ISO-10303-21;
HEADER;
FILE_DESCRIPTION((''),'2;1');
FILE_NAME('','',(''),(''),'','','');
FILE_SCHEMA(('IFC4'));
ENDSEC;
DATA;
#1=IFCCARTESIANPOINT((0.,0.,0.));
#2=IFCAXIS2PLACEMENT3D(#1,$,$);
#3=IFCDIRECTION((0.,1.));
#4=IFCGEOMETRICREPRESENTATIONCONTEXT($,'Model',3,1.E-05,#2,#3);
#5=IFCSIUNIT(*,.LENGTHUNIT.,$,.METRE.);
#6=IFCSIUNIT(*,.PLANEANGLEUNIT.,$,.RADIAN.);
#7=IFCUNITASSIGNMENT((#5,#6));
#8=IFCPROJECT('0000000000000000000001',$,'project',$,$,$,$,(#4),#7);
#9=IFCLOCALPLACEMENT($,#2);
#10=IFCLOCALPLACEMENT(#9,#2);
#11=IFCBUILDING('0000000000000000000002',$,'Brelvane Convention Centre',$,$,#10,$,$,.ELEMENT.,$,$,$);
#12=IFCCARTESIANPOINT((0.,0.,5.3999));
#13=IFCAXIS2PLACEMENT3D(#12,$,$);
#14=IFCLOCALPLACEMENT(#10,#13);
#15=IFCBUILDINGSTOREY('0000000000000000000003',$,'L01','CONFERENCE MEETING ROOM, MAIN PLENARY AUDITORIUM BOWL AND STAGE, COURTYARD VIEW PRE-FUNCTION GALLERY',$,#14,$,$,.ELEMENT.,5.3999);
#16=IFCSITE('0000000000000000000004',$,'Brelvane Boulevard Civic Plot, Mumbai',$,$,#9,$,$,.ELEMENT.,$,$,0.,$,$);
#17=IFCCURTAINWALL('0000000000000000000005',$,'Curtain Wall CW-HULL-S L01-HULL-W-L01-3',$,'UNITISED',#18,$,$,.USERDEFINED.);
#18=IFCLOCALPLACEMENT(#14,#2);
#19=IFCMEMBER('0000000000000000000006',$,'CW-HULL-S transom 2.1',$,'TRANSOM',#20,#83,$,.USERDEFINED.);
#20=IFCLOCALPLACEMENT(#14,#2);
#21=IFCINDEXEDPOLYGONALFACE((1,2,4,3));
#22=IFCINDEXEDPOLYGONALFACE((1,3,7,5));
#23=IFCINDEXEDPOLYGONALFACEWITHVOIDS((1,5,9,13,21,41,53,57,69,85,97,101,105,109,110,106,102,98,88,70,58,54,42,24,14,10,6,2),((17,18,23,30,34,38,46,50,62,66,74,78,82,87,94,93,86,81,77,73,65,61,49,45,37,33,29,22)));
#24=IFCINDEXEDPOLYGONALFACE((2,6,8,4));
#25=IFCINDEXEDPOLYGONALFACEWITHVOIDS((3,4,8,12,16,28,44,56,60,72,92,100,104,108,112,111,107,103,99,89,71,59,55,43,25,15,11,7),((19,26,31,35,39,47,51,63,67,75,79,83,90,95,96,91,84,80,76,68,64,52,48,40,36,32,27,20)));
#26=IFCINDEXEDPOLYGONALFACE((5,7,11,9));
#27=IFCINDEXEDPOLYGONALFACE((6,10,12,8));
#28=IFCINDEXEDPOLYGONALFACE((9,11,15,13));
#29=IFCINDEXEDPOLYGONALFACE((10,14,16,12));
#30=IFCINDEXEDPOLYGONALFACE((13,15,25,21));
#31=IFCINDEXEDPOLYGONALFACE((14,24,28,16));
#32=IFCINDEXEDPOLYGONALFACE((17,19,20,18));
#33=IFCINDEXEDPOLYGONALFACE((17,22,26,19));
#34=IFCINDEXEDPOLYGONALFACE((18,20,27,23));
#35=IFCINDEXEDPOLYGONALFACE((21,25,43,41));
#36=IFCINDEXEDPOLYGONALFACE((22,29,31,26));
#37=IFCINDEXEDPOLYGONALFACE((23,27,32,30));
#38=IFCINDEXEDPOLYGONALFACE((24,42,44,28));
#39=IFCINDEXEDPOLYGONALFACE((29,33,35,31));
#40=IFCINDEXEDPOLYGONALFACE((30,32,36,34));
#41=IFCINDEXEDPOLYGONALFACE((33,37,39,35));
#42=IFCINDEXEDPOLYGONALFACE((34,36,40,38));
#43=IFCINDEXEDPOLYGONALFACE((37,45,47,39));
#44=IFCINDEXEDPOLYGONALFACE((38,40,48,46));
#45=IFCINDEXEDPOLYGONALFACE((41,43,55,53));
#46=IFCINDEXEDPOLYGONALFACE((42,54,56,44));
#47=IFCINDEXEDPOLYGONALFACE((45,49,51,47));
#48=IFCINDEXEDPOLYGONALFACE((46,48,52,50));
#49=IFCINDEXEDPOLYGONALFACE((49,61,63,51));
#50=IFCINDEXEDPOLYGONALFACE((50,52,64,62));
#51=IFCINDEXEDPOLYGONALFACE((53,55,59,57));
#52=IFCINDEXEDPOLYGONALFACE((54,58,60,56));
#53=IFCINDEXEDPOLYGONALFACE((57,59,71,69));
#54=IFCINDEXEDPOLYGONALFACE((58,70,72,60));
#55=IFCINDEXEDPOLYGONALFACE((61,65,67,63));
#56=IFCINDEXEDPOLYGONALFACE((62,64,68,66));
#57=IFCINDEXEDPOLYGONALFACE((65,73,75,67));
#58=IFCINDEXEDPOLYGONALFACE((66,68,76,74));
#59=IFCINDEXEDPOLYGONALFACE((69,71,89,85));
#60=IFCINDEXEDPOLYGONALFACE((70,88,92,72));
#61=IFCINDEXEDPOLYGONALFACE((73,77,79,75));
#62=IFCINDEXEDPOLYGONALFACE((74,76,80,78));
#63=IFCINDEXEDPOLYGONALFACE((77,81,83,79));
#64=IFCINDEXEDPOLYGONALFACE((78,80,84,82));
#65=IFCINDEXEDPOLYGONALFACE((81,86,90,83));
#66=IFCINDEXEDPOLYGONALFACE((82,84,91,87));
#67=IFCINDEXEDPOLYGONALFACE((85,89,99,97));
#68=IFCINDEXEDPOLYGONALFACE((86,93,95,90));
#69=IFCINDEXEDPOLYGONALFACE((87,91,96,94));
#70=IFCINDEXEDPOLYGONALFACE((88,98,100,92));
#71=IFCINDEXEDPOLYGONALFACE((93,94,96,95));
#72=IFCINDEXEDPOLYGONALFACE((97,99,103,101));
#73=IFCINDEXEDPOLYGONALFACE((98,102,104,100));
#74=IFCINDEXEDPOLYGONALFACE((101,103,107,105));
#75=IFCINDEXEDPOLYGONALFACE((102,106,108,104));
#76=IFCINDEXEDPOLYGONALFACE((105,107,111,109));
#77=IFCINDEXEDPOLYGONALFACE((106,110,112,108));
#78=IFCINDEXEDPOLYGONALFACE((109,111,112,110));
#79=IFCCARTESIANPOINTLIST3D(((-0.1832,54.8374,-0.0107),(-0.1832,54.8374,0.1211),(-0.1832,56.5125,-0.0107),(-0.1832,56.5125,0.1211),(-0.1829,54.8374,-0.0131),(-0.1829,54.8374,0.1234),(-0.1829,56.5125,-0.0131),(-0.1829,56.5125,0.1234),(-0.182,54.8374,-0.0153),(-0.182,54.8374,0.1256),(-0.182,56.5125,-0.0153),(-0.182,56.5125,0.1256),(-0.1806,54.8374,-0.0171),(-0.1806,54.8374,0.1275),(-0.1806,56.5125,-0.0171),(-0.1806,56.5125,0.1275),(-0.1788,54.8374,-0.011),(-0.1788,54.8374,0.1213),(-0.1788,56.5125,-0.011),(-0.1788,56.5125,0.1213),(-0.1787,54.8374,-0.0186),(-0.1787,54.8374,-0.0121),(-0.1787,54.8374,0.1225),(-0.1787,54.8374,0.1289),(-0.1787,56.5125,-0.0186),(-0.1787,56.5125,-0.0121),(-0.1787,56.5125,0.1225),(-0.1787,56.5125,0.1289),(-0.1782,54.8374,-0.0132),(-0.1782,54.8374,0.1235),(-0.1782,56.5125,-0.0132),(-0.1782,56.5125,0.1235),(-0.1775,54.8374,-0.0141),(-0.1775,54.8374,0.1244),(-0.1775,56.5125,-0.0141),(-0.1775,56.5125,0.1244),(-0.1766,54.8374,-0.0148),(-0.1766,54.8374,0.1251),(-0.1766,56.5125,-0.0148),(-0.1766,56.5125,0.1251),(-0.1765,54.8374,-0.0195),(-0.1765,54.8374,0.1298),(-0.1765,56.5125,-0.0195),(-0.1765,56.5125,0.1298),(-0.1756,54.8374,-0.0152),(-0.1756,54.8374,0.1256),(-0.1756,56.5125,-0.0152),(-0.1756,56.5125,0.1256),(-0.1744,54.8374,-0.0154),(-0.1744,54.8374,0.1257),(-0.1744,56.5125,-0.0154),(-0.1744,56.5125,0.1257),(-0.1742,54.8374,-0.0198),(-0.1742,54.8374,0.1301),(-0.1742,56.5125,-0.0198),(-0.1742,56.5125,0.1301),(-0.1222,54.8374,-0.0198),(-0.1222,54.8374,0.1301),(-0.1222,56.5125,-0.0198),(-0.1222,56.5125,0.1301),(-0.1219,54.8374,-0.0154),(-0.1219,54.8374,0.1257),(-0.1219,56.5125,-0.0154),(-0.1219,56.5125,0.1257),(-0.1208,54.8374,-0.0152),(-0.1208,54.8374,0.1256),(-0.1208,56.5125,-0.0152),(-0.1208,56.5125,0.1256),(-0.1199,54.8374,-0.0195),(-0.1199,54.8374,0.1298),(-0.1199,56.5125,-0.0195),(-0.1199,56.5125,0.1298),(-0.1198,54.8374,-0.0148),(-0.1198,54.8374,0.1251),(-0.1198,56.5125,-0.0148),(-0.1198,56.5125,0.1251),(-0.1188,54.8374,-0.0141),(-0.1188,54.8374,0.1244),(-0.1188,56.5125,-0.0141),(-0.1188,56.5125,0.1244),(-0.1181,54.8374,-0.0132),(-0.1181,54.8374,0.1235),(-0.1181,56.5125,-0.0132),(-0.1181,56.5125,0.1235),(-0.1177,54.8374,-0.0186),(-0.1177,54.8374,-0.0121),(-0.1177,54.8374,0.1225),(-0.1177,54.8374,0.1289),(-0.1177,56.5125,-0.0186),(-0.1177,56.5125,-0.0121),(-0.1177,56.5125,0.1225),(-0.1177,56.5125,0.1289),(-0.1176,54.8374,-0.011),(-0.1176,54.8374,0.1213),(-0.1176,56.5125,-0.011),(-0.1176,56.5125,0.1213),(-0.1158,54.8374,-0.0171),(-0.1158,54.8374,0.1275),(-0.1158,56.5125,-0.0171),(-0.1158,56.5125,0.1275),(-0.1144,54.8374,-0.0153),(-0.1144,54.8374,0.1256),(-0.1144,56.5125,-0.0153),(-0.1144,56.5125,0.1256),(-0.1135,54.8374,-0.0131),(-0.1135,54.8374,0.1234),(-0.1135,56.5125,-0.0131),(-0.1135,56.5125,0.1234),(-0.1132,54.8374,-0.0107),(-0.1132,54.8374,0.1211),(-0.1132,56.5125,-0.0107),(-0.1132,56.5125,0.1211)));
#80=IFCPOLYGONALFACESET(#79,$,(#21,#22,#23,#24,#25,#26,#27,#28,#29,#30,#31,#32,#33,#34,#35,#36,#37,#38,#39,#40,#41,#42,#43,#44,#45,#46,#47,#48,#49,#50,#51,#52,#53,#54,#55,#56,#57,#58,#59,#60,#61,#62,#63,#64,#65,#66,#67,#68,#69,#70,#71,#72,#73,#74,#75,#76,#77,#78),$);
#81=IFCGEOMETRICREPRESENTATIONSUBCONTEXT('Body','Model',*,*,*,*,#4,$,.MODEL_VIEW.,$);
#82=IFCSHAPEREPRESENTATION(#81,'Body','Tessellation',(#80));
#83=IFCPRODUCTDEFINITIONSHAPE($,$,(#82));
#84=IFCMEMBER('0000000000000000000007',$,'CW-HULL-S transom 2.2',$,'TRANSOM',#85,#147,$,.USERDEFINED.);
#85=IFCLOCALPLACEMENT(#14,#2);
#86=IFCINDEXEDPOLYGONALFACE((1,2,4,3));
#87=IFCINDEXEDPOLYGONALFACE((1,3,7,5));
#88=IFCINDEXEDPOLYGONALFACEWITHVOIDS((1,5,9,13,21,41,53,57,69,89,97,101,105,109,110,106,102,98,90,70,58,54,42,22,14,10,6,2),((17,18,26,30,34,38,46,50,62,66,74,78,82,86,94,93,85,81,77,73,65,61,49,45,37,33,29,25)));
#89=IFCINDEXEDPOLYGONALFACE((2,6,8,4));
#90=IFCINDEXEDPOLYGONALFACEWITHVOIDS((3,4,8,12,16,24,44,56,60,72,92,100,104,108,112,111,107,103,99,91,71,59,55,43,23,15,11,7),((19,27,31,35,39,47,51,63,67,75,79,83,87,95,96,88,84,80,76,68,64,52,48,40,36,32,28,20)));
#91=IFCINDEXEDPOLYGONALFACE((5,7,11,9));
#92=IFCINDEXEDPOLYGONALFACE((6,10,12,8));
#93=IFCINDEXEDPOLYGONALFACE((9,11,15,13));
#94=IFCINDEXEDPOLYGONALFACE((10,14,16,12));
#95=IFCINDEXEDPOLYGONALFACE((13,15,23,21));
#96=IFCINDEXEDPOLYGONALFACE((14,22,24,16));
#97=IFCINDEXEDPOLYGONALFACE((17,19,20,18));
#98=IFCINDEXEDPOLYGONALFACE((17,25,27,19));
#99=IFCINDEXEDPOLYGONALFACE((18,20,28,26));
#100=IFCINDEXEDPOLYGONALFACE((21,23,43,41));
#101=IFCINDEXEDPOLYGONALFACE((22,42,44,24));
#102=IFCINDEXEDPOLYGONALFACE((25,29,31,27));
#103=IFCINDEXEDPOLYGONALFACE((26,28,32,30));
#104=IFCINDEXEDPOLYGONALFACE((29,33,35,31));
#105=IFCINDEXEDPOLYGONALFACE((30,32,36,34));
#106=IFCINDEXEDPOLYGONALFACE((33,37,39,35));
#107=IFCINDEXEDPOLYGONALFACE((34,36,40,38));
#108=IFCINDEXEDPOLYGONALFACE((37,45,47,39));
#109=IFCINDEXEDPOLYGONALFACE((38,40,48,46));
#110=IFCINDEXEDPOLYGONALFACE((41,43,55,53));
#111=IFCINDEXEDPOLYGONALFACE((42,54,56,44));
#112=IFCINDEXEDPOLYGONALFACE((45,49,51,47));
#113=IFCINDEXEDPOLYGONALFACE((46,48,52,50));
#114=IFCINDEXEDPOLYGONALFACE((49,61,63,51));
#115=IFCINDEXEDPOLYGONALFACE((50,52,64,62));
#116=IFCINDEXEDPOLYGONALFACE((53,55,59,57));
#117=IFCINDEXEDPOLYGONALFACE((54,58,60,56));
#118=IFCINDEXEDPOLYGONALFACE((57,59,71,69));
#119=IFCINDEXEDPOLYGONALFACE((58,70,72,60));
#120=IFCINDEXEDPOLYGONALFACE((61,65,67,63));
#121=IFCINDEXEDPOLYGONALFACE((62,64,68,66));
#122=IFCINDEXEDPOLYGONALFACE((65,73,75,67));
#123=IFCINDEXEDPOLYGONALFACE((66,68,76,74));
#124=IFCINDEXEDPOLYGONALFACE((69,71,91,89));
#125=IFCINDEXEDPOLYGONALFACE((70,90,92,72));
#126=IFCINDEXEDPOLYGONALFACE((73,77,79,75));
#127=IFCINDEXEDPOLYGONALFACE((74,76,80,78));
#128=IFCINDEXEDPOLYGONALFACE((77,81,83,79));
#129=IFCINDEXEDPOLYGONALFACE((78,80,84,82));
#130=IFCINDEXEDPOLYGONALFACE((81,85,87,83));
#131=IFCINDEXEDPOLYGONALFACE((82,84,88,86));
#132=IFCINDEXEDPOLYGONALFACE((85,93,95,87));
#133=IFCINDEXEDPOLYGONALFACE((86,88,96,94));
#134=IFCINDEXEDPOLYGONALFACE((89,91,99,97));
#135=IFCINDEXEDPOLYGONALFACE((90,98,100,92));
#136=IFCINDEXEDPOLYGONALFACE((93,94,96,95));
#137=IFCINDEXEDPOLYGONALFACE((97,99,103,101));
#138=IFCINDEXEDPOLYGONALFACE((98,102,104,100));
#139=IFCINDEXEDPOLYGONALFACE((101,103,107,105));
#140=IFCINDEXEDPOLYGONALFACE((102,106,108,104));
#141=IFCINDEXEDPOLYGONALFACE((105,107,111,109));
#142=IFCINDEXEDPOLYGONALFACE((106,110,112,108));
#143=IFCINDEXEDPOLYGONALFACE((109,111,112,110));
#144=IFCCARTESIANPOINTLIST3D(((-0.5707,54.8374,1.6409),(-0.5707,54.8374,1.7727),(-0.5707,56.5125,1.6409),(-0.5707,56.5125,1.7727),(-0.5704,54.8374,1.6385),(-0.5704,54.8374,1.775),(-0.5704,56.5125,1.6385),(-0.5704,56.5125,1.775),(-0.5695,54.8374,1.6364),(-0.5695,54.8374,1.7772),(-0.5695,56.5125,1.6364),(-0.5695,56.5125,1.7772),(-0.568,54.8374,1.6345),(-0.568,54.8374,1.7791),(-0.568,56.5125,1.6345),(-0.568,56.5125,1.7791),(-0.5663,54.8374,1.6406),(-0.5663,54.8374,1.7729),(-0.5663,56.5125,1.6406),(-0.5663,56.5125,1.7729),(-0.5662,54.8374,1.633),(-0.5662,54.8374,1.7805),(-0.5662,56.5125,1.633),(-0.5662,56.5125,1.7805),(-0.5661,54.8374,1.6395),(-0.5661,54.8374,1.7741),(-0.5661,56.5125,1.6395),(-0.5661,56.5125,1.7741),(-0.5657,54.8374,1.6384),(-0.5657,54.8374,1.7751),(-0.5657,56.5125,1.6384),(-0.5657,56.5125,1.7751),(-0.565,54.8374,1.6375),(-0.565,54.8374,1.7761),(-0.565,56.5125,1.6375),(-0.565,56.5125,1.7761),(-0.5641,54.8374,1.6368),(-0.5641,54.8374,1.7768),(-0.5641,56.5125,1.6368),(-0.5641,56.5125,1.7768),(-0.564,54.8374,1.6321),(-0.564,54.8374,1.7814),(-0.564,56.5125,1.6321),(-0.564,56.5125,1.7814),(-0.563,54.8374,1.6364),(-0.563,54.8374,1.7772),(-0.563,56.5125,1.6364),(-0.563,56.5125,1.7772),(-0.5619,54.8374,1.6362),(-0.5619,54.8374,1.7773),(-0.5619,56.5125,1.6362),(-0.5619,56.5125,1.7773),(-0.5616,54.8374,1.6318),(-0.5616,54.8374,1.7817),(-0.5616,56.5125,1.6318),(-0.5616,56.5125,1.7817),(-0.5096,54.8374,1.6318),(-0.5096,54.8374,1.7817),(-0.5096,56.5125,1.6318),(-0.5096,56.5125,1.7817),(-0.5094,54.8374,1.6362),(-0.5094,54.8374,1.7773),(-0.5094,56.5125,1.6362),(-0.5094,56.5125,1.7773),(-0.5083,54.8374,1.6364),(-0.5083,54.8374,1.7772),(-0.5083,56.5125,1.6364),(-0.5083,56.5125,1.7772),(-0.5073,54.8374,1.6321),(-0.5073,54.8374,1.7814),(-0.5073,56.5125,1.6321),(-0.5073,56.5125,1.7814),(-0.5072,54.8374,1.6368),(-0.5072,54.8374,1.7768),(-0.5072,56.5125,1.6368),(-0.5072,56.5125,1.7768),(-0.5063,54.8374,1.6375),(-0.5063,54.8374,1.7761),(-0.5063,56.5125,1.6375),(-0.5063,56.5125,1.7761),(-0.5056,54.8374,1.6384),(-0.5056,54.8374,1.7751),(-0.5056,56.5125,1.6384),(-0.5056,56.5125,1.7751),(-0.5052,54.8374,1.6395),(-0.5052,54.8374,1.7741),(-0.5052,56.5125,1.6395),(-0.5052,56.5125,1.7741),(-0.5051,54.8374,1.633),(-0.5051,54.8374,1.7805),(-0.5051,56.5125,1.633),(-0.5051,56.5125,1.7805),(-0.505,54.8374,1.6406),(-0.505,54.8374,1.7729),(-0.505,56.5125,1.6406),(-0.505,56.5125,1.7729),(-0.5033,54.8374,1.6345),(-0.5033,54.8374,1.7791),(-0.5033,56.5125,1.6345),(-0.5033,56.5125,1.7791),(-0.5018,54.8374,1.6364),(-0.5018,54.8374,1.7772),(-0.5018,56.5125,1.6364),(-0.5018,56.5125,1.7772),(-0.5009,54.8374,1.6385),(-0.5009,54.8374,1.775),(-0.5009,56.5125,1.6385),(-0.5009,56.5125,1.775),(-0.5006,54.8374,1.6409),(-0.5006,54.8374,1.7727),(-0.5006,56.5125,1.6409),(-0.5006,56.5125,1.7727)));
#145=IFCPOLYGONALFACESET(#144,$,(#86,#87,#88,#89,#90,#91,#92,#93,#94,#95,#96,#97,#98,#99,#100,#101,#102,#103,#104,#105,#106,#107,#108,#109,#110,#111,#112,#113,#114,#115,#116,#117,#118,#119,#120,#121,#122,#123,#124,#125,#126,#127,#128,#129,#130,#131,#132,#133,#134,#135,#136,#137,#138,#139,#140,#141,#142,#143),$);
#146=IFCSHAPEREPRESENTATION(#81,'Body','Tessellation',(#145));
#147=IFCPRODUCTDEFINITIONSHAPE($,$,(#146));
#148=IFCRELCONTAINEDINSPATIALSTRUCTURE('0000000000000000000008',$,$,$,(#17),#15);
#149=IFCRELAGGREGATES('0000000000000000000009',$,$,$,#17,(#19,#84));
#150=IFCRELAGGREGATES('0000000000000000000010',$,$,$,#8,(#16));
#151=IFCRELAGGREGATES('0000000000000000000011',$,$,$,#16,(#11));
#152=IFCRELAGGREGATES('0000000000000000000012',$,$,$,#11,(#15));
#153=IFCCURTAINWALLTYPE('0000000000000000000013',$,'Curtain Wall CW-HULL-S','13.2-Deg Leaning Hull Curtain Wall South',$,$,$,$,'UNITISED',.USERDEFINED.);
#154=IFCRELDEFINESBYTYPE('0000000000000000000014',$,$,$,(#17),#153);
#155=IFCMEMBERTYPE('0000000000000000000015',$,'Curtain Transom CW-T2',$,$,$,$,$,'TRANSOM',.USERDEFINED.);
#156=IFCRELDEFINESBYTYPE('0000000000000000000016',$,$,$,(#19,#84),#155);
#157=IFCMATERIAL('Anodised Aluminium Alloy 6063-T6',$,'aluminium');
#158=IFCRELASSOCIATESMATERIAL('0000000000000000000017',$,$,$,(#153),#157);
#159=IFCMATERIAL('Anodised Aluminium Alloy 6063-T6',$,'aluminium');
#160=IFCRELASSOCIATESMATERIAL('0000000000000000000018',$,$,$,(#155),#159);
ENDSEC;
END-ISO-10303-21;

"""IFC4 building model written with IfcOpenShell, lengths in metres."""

from ifc_helpers import new_model, si_unit, direction, frame, origin, origin_2d, place, context, subcontext, project, spatial, hollow_rectangle, extrude, material, material_profile, profile_set, type_object, element, aggregate, save


model = new_model("IFC4")

# Units and contexts
model_context = context("Model", 3, precision=1e-05, world=origin(), true_north=direction((0.0, 1.0)))
body_context = subcontext(model_context, "Body", "Model", "MODEL_VIEW")
ifc_project = project(units=[si_unit("LENGTHUNIT", "METRE"), si_unit("PLANEANGLEUNIT", "RADIAN")], contexts=[model_context])

# Site, building, storey
site_placement = place(None, origin())
site = spatial("IfcSite", under=ifc_project, at=site_placement, Name="Brelvane Boulevard Civic Plot, Mumbai", CompositionType="ELEMENT", RefElevation=0.0)
building_placement = place(site_placement, origin())
building = spatial("IfcBuilding", under=site, at=building_placement, Name="Brelvane Convention Centre", CompositionType="ELEMENT")
storey_placement = place(building_placement, frame((0.0, 0.0, 5.3999)))
storey = spatial("IfcBuildingStorey", under=building, at=storey_placement, Name="L01", Description="CONFERENCE MEETING ROOM, MAIN PLENARY AUDITORIUM BOWL AND STAGE, COURTYARD VIEW PRE-FUNCTION GALLERY", CompositionType="ELEMENT", Elevation=5.3999)

# Shared definitions
ifc_material_1 = material(Name="Anodised Aluminium Alloy 6063-T6", Category="aluminium")
curtain_wall_type = type_object("IfcCurtainWallType", Name="Curtain Wall CW-HULL-S", Description="13.2-Deg Leaning Hull Curtain Wall South", ElementType="UNITISED", PredefinedType="USERDEFINED", material=ifc_material_1)

# Curtain wall, members
curtain_wall_1_placement = place(storey_placement, origin())
curtain_wall_1 = element("IfcCurtainWall", 1, at=curtain_wall_1_placement, inside=storey, type_object=curtain_wall_type, Name="Curtain Wall CW-HULL-S L01-HULL-W-L01-3", ObjectType="UNITISED", PredefinedType="USERDEFINED")
ifc_material_2 = material(Name="Anodised Aluminium Alloy 6063-T6", Category="aluminium")
ifc_material_profile_1 = material_profile(ifc_material_2, hollow_rectangle(XDim=0.0701, YDim=0.1499, WallThickness=0.0044, InnerFilletRadius=0.0044, OuterFilletRadius=0.009, at=origin_2d()), Name="ALU-T 150x70x4.5")
ifc_profile_set_1 = profile_set([ifc_material_profile_1], Name="Anodised Aluminium Alloy 6063-T6")
member_type_1 = type_object("IfcMemberType", Name="Curtain Transom CW-T2", ElementType="TRANSOM", PredefinedType="USERDEFINED", material=ifc_profile_set_1)
member_1_placement = place(storey_placement, frame((-0.1482, 54.8374, 0.0552), z_axis=(0.0, 1.0, 0.0), x_axis=(-1.0, 0.0, 0.0)))
member_1 = element("IfcMember", 2, at=member_1_placement, type_object=member_type_1, Name="CW-HULL-S transom 2.1", ObjectType="TRANSOM", PredefinedType="USERDEFINED", context=body_context, shape_type="SweptSolid", body=[
    extrude(hollow_rectangle(XDim=0.0701, YDim=0.1499, WallThickness=0.0044, InnerFilletRadius=0.0044, OuterFilletRadius=0.009, at=origin_2d()), origin(), (0.0, 0.0, 1.0), 1.675),
])
member_2_placement = place(storey_placement, frame((-0.5356, 54.8374, 1.7068), z_axis=(0.0, 1.0, 0.0), x_axis=(-1.0, 0.0, 0.0)))
member_2 = element("IfcMember", 3, at=member_2_placement, type_object=member_type_1, Name="CW-HULL-S transom 2.2", ObjectType="TRANSOM", PredefinedType="USERDEFINED", context=body_context, shape_type="SweptSolid", body=[
    extrude(hollow_rectangle(XDim=0.0701, YDim=0.1499, WallThickness=0.0044, InnerFilletRadius=0.0044, OuterFilletRadius=0.009, at=origin_2d()), origin(), (0.0, 0.0, 1.0), 1.675),
])

aggregate(curtain_wall_1, [member_1, member_2])

save(model, "model.ifc")
